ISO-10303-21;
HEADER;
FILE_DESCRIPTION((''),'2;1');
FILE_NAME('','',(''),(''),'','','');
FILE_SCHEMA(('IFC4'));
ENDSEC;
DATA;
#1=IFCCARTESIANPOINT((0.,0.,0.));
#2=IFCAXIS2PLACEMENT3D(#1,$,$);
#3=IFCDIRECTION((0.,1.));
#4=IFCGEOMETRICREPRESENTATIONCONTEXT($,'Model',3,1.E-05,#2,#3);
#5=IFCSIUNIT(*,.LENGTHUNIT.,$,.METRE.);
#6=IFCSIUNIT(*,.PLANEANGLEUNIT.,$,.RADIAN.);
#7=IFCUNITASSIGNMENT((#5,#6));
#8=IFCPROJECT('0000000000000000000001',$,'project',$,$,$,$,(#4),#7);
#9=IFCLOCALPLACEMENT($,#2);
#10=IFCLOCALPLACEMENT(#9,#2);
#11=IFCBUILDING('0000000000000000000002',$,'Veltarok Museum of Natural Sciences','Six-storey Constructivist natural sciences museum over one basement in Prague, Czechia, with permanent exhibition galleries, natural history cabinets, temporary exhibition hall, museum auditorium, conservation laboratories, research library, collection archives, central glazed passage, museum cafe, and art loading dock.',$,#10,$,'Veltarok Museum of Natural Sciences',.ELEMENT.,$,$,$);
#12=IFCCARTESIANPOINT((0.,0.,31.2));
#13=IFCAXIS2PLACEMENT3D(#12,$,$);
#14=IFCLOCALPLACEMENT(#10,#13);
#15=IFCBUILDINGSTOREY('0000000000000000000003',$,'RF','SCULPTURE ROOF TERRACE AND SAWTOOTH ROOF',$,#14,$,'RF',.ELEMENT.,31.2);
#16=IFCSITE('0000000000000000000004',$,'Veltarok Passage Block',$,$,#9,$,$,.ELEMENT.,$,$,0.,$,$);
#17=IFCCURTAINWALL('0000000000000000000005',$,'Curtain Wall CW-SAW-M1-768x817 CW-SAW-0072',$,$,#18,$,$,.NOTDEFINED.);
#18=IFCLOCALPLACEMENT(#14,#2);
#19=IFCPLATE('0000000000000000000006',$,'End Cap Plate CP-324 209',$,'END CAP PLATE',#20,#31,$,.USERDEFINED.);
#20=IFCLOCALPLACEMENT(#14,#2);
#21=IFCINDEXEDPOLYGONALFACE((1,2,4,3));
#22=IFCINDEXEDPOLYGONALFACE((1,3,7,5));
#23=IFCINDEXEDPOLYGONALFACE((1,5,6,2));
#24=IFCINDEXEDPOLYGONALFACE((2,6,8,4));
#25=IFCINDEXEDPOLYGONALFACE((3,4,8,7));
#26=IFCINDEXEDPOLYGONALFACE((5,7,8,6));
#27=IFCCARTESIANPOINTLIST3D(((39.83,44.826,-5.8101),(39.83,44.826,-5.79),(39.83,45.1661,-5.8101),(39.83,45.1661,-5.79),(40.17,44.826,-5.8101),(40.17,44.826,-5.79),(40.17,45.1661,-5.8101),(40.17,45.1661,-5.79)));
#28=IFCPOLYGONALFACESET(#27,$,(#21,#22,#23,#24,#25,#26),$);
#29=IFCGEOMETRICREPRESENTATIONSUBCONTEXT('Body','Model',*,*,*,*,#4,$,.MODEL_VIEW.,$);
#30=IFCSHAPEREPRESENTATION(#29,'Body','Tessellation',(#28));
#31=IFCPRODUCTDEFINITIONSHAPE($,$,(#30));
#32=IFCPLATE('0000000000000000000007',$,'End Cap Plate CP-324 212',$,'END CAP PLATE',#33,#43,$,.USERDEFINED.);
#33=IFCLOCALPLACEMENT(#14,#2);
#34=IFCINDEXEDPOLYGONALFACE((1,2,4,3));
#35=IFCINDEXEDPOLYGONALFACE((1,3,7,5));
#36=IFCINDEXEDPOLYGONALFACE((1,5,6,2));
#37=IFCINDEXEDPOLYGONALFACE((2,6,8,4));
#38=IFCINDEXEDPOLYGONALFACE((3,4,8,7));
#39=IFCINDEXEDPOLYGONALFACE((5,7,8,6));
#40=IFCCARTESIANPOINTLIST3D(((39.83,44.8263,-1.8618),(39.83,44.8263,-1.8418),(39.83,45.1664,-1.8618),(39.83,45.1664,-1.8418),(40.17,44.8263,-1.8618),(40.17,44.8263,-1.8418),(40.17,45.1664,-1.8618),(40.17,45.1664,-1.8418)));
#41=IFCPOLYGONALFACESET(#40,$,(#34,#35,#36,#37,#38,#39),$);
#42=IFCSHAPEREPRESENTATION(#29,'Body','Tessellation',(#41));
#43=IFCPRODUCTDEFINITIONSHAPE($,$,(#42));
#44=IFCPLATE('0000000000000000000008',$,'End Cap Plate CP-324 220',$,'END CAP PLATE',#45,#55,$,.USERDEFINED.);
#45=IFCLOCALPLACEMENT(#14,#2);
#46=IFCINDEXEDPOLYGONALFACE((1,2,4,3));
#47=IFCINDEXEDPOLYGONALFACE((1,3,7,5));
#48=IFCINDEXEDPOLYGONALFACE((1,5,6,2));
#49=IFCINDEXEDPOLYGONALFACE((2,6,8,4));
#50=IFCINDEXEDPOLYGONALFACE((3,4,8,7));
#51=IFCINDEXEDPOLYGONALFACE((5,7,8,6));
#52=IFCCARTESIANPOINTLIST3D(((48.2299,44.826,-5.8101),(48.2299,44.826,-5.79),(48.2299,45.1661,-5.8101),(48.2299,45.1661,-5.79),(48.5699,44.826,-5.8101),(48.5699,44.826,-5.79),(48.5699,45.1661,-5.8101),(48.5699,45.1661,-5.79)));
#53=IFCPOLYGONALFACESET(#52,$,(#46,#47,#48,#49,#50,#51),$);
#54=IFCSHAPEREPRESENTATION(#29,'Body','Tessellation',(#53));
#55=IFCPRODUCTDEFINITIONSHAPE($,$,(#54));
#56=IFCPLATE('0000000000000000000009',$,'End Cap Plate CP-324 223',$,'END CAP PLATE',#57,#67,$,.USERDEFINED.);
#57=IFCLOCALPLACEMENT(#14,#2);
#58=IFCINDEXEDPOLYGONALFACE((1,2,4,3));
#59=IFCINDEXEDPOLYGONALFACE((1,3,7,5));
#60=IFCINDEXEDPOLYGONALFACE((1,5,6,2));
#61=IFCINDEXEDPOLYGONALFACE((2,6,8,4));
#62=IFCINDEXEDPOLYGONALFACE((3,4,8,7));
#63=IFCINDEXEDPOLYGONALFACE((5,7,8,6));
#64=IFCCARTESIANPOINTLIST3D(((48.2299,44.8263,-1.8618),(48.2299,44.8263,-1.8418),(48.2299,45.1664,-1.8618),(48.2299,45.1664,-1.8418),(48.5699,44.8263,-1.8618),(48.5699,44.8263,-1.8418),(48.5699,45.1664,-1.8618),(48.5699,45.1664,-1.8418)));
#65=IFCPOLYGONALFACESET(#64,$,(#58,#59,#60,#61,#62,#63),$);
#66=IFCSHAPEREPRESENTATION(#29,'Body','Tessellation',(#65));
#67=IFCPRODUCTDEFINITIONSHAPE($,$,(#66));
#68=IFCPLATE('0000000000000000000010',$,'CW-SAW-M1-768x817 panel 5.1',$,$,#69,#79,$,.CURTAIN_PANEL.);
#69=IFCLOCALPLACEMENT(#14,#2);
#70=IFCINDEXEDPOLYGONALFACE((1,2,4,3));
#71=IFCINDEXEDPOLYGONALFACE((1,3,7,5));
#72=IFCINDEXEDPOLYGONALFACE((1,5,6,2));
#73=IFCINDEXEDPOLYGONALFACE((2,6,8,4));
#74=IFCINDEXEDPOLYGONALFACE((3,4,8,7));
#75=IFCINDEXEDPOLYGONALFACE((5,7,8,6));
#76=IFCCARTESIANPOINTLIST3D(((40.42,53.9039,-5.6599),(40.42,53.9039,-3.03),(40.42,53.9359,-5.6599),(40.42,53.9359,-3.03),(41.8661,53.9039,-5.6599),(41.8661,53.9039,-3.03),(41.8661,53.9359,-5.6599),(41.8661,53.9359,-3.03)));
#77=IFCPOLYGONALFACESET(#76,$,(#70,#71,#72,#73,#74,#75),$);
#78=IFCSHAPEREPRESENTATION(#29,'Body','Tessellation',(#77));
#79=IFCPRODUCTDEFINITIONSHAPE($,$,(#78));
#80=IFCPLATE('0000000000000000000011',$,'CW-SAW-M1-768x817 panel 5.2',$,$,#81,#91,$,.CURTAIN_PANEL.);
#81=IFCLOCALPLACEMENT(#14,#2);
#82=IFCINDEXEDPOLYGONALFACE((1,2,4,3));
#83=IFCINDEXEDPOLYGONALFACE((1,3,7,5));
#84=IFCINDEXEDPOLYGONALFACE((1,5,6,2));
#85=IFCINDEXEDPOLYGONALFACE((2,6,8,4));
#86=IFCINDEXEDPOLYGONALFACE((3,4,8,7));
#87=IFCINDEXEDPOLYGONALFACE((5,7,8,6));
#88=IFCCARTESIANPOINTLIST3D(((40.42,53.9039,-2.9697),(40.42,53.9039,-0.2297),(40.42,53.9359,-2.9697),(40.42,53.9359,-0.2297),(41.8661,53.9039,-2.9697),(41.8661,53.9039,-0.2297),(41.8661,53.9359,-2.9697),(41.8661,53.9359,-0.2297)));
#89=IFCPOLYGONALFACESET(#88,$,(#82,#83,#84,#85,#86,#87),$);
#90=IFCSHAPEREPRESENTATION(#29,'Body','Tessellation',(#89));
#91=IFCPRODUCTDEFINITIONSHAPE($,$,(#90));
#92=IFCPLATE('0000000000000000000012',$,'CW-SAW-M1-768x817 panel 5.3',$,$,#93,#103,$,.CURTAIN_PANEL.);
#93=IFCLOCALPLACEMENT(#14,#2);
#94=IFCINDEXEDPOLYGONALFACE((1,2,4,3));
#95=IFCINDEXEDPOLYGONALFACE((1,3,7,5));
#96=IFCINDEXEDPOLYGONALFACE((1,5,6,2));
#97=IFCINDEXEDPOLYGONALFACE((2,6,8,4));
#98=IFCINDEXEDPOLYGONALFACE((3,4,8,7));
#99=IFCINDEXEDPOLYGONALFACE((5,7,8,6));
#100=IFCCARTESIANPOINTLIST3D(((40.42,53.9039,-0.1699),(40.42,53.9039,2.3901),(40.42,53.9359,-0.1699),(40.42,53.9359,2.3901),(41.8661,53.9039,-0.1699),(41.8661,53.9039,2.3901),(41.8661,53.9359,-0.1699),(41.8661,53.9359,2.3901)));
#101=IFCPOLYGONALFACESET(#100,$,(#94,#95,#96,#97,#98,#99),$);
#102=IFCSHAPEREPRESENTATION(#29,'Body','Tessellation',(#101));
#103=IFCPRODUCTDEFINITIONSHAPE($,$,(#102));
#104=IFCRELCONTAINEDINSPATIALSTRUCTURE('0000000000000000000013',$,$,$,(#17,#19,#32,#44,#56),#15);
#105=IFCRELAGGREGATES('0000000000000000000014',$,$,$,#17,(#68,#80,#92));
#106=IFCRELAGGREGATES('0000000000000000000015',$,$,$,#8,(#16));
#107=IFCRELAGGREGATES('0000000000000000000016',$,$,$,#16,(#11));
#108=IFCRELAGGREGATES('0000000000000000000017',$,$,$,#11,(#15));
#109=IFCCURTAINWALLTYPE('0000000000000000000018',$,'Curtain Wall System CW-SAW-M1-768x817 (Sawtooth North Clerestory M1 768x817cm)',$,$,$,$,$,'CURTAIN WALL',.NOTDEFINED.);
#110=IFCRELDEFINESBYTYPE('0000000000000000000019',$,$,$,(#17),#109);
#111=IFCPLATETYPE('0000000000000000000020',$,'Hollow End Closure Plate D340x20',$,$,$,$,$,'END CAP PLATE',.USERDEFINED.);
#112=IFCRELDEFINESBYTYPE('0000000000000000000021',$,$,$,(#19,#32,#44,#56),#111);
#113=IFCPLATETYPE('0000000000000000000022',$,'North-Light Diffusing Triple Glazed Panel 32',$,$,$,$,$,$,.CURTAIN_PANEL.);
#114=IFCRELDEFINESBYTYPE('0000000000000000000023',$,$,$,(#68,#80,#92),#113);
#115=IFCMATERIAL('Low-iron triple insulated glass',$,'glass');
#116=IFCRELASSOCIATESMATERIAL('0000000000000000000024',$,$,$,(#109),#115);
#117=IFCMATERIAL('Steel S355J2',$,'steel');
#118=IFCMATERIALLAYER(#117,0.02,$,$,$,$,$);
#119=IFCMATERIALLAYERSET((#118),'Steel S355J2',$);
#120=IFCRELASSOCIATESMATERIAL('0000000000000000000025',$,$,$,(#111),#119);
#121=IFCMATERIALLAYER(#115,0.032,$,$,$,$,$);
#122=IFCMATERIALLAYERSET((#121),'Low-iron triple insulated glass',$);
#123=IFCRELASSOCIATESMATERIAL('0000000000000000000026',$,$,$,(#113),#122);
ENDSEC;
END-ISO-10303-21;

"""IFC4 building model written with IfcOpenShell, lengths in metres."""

from ifc_helpers import new_model, si_unit, direction, frame, origin, origin_2d, place, context, subcontext, project, spatial, rectangle, extrude, material, layer, layer_set, type_object, element, aggregate, save


model = new_model("IFC4")

# Units and contexts
model_context = context("Model", 3, precision=1e-05, world=origin(), true_north=direction((0.0, 1.0)))
body_context = subcontext(model_context, "Body", "Model", "MODEL_VIEW")
ifc_project = project(units=[si_unit("LENGTHUNIT", "METRE"), si_unit("PLANEANGLEUNIT", "RADIAN")], contexts=[model_context])

# Site, building, storey
site_placement = place(None, origin())
site = spatial("IfcSite", under=ifc_project, at=site_placement, Name="Veltarok Passage Block", CompositionType="ELEMENT", RefElevation=0.0)
building_placement = place(site_placement, origin())
building = spatial("IfcBuilding", under=site, at=building_placement, Name="Veltarok Museum of Natural Sciences", Description="Six-storey Constructivist natural sciences museum over one basement in Prague, Czechia, with permanent exhibition galleries, natural history cabinets, temporary exhibition hall, museum auditorium, conservation laboratories, research library, collection archives, central glazed passage, museum cafe, and art loading dock.", LongName="Veltarok Museum of Natural Sciences", CompositionType="ELEMENT")
storey_placement = place(building_placement, frame((0.0, 0.0, 31.2)))
storey = spatial("IfcBuildingStorey", under=building, at=storey_placement, Name="RF", Description="SCULPTURE ROOF TERRACE AND SAWTOOTH ROOF", LongName="RF", CompositionType="ELEMENT", Elevation=31.2)

# Shared definitions
ifc_material_1 = material(Name="Steel S355J2", Category="steel")

# Curtain wall
ifc_material_2 = material(Name="Low-iron triple insulated glass", Category="glass")
curtain_wall_type = type_object("IfcCurtainWallType", Name="Curtain Wall System CW-SAW-M1-768x817 (Sawtooth North Clerestory M1 768x817cm)", ElementType="CURTAIN WALL", PredefinedType="NOTDEFINED", material=ifc_material_2)
curtain_wall_placement = place(storey_placement, origin())
curtain_wall = element("IfcCurtainWall", 1, at=curtain_wall_placement, inside=storey, type_object=curtain_wall_type, Name="Curtain Wall CW-SAW-M1-768x817 CW-SAW-0072", PredefinedType="NOTDEFINED")

# Plates
ifc_layer_1 = layer(ifc_material_1, 0.02)
ifc_layer_set_1 = layer_set([ifc_layer_1], Name="Steel S355J2")
plate_type_1 = type_object("IfcPlateType", Name="Hollow End Closure Plate D340x20", ElementType="END CAP PLATE", PredefinedType="USERDEFINED", material=ifc_layer_set_1)
for number, where, z_axis, x_axis, name in (
    (2, (40.0, 44.9961, -5.8101), (0.0, 0.0, 1.0), (0.0, 1.0, 0.0), "End Cap Plate CP-324 209"),
    (3, (40.0, 44.9963, -1.8618), (0.0, 0.0, 1.0), (0.0, 1.0, 0.0), "End Cap Plate CP-324 212"),
    (4, (48.3999, 44.9961, -5.8101), (0.0, 0.0, 1.0), (0.0, 1.0, 0.0), "End Cap Plate CP-324 220"),
    (5, (48.3999, 44.9963, -1.8618), (0.0, 0.0, 1.0), (0.0, 1.0, 0.0), "End Cap Plate CP-324 223"),
):
    element("IfcPlate", number, at=place(storey_placement, frame(where, z_axis=z_axis, x_axis=x_axis)), inside=storey, type_object=plate_type_1, Name=name, ObjectType="END CAP PLATE", PredefinedType="USERDEFINED", context=body_context, shape_type="SweptSolid", body=[
        extrude(rectangle(XDim=0.3401, YDim=0.3401, at=origin_2d()), origin(), (0.0, 0.0, 1.0), 0.02),
    ])

# Plates
ifc_layer_2 = layer(ifc_material_2, 0.032)
ifc_layer_set_2 = layer_set([ifc_layer_2], Name="Low-iron triple insulated glass")
plate_type_2 = type_object("IfcPlateType", Name="North-Light Diffusing Triple Glazed Panel 32", PredefinedType="CURTAIN_PANEL", material=ifc_layer_set_2)
plate_1_placement = place(storey_placement, frame((41.1431, 53.9199, -5.6599), z_axis=(0.0, 0.0, 1.0), x_axis=(-1.0, 0.0, 0.0)))
plate_1 = element("IfcPlate", 6, at=plate_1_placement, type_object=plate_type_2, Name="CW-SAW-M1-768x817 panel 5.1", PredefinedType="CURTAIN_PANEL", context=body_context, shape_type="SweptSolid", body=[
    extrude(rectangle(XDim=1.446, YDim=0.032, at=origin_2d()), origin(), (0.0, 0.0, 1.0), 2.6299),
])
plate_2_placement = place(storey_placement, frame((41.1431, 53.9199, -2.9697), z_axis=(0.0, 0.0, 1.0), x_axis=(-1.0, 0.0, 0.0)))
plate_2 = element("IfcPlate", 7, at=plate_2_placement, type_object=plate_type_2, Name="CW-SAW-M1-768x817 panel 5.2", PredefinedType="CURTAIN_PANEL", context=body_context, shape_type="SweptSolid", body=[
    extrude(rectangle(XDim=1.446, YDim=0.032, at=origin_2d()), origin(), (0.0, 0.0, 1.0), 2.74),
])
plate_3_placement = place(storey_placement, frame((41.1431, 53.9199, -0.1699), z_axis=(0.0, 0.0, 1.0), x_axis=(-1.0, 0.0, 0.0)))
plate_3 = element("IfcPlate", 8, at=plate_3_placement, type_object=plate_type_2, Name="CW-SAW-M1-768x817 panel 5.3", PredefinedType="CURTAIN_PANEL", context=body_context, shape_type="SweptSolid", body=[
    extrude(rectangle(XDim=1.446, YDim=0.032, at=origin_2d()), origin(), (0.0, 0.0, 1.0), 2.5601),
])
aggregate(curtain_wall, [plate_1, plate_2, plate_3])

save(model, "model.ifc")
